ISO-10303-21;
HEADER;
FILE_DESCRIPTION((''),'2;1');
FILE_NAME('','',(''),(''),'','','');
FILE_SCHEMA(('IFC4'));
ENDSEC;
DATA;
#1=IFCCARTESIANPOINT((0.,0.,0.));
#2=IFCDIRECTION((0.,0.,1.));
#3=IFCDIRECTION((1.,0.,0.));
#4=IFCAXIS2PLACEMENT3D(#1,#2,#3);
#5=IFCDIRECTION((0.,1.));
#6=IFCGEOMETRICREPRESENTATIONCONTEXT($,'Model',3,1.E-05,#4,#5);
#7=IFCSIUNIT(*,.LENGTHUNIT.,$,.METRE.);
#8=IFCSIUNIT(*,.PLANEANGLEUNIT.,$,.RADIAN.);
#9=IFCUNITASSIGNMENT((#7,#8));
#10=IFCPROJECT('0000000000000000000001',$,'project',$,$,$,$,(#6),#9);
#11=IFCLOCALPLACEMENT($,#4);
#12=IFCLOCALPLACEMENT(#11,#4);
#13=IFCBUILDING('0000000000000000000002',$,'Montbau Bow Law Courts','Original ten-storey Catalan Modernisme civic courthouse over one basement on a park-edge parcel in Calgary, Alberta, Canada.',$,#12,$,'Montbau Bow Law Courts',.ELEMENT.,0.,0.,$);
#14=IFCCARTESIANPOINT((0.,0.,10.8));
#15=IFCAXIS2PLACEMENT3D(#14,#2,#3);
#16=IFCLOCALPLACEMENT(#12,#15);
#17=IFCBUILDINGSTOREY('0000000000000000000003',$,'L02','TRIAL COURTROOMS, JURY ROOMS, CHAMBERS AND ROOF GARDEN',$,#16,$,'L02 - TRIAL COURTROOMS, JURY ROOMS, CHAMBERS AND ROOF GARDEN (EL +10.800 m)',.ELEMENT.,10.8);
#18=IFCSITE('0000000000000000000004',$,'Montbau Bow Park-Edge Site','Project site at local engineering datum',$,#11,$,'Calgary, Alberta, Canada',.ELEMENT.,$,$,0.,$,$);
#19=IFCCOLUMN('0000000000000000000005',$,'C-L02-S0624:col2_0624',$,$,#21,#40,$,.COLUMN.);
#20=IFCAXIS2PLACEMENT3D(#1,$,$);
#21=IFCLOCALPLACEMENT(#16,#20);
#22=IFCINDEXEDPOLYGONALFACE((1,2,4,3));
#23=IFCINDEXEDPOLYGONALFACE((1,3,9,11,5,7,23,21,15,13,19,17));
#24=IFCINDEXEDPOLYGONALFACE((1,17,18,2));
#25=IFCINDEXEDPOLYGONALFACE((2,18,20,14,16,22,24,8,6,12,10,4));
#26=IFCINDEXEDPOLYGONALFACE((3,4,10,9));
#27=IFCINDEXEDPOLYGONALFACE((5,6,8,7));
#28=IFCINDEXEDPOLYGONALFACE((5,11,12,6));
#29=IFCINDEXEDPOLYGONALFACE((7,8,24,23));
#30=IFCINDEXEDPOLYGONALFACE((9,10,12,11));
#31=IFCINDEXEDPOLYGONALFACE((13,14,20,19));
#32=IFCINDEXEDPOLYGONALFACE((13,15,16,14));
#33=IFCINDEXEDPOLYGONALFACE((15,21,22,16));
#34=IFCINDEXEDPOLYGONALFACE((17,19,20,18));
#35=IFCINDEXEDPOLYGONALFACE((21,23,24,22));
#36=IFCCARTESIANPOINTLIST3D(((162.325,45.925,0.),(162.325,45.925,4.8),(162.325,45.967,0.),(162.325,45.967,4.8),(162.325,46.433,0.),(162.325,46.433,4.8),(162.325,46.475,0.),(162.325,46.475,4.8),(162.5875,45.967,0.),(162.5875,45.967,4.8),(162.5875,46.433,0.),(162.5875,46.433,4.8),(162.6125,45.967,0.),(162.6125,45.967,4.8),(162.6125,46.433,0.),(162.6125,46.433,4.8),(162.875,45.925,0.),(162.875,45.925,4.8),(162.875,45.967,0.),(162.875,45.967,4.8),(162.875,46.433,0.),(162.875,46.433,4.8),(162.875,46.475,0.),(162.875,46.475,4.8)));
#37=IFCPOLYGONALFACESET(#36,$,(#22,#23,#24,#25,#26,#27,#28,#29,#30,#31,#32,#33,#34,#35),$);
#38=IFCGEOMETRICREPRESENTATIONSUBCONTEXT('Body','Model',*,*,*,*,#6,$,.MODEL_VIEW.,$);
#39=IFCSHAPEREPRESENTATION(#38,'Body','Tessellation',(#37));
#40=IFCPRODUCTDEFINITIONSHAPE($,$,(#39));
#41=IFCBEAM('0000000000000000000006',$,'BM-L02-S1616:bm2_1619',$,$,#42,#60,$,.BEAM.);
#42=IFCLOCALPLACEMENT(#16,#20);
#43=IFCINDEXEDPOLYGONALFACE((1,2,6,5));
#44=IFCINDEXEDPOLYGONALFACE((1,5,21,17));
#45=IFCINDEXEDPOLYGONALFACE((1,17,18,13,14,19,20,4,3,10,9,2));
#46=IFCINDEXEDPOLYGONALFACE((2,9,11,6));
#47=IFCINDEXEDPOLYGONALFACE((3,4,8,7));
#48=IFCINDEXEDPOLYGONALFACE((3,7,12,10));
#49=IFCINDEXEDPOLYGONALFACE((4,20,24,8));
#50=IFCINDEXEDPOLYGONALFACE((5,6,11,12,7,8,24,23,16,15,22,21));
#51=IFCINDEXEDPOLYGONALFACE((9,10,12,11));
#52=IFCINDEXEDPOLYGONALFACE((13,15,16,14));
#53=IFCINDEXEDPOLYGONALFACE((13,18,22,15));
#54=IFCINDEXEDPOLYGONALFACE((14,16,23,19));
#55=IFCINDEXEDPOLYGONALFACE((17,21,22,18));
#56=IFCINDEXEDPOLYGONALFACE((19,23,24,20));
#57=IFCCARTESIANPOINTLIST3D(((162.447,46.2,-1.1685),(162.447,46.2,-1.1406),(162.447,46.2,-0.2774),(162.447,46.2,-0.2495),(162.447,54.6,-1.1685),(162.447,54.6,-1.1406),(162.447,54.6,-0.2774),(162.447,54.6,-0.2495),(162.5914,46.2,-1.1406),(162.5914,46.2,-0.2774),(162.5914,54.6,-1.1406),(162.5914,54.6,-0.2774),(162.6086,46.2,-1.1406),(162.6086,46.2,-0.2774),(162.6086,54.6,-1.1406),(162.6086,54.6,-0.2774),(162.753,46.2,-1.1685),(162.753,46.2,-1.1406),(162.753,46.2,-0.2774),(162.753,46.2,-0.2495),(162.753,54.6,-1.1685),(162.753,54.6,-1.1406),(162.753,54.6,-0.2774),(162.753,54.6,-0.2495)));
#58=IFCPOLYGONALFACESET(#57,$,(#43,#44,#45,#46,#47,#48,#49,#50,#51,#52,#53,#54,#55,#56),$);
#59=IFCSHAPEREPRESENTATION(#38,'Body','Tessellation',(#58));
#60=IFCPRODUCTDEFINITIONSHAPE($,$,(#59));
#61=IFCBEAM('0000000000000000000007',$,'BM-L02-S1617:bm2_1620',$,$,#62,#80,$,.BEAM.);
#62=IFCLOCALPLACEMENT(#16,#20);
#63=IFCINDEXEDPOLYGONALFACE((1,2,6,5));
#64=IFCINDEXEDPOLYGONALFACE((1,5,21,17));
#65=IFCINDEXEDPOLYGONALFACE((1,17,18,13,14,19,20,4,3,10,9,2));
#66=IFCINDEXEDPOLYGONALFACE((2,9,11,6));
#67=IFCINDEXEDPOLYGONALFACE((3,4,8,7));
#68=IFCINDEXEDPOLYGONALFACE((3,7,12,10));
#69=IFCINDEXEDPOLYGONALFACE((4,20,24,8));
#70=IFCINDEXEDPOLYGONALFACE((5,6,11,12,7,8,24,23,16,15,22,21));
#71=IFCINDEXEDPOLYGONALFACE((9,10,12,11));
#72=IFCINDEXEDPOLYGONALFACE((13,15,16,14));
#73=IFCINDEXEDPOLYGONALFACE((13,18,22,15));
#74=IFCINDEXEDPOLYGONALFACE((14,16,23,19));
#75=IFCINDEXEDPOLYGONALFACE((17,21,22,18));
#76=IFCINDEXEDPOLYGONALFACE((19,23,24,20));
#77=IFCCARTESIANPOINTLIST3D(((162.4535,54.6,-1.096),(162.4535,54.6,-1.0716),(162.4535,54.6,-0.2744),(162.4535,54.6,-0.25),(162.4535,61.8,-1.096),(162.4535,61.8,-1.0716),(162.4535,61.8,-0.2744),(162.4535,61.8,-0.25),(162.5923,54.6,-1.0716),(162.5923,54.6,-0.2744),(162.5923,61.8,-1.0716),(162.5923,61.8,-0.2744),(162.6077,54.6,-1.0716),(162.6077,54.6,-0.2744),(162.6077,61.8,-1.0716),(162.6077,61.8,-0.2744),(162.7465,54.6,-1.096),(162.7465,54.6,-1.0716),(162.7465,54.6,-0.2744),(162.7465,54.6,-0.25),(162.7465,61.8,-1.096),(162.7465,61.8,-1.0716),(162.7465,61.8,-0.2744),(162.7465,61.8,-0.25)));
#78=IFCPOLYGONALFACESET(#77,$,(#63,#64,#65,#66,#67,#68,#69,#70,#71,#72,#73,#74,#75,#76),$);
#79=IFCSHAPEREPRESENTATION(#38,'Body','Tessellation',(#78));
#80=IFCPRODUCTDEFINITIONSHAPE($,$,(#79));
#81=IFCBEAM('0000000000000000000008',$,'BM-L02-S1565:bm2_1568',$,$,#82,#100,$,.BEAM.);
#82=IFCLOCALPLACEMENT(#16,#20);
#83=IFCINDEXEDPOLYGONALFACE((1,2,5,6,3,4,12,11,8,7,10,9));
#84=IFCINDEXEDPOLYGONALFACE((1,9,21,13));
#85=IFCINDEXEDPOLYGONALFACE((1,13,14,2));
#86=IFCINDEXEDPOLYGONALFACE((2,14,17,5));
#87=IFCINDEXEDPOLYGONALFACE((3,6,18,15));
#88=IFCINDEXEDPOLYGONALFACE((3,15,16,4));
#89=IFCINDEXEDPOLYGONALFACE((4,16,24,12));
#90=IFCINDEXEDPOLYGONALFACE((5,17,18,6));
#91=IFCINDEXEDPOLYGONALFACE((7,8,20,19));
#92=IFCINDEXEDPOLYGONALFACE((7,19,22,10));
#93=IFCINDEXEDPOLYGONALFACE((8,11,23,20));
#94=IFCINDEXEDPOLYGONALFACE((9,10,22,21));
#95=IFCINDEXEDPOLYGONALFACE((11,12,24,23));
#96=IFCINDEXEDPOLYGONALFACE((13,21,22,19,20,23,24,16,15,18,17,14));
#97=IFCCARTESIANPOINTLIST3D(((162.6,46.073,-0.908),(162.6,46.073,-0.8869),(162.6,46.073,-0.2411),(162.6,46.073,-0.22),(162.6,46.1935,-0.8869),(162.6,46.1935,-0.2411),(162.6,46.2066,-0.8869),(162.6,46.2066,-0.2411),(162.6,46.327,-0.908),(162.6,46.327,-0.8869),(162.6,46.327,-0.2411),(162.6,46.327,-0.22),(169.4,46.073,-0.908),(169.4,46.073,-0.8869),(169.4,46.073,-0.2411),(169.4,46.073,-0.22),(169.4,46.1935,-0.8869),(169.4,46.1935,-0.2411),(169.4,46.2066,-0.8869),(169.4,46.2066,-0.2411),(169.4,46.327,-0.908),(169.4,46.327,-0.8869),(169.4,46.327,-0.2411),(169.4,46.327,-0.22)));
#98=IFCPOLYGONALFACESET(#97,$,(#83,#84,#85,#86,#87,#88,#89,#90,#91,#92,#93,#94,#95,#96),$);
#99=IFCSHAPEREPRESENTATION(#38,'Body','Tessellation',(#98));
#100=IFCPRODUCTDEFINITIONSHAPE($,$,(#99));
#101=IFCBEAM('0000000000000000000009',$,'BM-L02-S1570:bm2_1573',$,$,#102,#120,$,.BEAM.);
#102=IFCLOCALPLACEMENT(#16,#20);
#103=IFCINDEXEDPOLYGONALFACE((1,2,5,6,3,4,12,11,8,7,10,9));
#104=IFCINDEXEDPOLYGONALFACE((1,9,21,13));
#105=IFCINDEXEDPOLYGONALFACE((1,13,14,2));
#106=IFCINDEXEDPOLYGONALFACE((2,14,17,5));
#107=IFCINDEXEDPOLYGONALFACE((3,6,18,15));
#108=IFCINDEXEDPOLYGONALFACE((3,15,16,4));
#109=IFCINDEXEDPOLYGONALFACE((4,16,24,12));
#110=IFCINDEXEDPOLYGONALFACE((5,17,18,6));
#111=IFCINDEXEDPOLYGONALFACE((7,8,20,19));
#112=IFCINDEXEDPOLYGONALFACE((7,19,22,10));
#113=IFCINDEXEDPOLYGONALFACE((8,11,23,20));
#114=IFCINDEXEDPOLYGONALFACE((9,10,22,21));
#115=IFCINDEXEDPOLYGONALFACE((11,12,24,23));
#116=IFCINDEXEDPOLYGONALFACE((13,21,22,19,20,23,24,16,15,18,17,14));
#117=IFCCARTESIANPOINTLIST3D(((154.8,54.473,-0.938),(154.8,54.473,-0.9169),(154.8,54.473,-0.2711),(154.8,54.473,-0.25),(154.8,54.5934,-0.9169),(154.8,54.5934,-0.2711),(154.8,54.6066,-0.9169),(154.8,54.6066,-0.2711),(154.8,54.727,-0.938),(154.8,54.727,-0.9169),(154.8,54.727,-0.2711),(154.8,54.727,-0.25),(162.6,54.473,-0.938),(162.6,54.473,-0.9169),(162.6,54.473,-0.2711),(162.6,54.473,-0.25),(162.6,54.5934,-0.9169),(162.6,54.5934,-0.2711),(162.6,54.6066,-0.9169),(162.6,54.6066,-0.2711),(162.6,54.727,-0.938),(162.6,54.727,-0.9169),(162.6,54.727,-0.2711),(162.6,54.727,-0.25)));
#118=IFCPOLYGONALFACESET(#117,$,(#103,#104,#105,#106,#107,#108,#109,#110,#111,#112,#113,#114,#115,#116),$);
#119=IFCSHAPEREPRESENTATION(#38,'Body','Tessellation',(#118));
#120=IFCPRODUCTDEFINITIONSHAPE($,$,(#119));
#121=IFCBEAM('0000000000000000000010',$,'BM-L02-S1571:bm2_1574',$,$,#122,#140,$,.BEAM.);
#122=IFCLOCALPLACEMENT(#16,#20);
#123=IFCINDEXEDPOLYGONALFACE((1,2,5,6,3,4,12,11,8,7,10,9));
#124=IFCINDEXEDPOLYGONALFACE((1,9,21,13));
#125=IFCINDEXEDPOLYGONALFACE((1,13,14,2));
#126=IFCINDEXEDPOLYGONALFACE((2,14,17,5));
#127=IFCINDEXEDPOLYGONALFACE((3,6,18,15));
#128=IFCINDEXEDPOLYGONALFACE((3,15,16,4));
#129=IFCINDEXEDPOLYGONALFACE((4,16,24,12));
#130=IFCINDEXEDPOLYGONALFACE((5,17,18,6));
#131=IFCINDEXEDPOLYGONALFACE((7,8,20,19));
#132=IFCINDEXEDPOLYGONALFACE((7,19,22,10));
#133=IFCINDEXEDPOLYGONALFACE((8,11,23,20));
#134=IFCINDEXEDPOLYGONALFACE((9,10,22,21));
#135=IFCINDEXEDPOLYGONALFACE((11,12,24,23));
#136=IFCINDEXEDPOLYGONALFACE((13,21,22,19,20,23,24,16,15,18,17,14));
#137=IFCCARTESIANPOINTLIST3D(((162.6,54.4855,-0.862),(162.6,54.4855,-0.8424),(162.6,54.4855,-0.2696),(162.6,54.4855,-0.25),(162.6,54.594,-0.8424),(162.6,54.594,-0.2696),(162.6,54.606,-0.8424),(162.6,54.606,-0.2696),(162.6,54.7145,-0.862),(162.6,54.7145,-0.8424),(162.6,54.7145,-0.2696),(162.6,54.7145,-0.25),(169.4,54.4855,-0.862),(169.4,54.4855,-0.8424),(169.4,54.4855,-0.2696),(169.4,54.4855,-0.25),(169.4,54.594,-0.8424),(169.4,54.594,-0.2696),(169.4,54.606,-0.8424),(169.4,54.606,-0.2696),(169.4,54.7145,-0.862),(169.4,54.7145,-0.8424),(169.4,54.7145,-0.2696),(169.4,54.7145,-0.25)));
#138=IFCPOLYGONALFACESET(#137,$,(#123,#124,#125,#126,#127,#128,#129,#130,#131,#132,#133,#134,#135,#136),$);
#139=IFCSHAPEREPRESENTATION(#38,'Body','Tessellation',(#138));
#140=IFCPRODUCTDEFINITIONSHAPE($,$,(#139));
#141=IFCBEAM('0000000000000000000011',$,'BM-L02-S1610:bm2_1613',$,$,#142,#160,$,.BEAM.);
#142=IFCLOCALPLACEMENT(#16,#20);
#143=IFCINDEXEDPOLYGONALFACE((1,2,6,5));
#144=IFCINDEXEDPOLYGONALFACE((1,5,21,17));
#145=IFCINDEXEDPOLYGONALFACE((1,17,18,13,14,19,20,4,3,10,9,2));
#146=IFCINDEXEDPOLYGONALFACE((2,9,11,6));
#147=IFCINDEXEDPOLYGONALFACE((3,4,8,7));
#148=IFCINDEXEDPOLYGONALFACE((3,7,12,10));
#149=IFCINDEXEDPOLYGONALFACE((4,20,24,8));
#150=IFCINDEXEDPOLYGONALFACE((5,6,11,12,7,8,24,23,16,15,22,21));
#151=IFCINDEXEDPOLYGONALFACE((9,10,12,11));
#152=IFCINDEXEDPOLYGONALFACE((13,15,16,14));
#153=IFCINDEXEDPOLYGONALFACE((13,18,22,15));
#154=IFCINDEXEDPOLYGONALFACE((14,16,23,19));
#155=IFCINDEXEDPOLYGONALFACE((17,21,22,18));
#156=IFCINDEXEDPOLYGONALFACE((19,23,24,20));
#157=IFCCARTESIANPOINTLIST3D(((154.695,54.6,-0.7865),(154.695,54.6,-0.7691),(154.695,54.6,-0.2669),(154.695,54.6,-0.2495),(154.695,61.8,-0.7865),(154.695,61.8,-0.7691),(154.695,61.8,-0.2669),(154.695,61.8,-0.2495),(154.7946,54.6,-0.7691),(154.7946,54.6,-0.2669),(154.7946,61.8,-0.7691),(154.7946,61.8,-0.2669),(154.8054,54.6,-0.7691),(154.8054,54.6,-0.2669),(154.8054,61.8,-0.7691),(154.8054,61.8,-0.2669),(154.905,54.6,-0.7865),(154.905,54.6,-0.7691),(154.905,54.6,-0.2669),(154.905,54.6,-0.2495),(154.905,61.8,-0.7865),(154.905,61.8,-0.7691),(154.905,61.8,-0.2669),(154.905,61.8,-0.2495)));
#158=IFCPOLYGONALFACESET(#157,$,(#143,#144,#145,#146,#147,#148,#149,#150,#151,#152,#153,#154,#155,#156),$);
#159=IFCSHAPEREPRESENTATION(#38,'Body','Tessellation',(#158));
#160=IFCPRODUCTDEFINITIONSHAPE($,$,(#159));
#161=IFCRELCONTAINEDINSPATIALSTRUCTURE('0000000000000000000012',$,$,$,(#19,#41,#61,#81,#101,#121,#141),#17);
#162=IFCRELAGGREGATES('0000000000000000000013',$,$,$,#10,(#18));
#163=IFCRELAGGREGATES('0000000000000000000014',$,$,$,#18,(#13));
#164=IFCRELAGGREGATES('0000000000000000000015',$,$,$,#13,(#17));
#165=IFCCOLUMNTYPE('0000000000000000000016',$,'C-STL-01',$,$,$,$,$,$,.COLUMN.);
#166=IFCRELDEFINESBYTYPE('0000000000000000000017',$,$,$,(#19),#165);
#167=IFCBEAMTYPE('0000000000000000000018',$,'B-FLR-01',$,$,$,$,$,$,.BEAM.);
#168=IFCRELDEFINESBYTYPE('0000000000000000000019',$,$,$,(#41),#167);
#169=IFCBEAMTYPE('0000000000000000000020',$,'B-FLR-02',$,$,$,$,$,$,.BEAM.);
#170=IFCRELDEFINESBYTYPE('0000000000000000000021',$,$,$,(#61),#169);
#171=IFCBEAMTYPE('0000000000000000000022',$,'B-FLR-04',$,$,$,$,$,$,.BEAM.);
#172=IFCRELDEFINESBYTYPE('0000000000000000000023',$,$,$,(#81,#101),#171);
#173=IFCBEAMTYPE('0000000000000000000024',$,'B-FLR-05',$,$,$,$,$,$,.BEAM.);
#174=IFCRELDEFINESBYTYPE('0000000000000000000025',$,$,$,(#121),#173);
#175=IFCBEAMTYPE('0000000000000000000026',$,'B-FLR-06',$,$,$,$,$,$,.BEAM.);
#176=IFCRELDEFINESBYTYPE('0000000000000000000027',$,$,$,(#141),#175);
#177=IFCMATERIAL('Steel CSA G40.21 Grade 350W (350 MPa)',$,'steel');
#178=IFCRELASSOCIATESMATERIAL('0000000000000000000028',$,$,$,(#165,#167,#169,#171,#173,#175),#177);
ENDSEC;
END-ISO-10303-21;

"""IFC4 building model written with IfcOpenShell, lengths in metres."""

from ifc_helpers import new_model, si_unit, direction, frame, origin_with_axes, origin_2d_with_axis, place, context, subcontext, project, spatial, i_section, extrude, material, material_profile, profile_set, type_object, element, save


model = new_model("IFC4")

# Units and contexts
model_context = context("Model", 3, precision=1e-05, world=origin_with_axes(), true_north=direction((0.0, 1.0)))
body_context = subcontext(model_context, "Body", "Model", "MODEL_VIEW")
ifc_project = project(units=[si_unit("LENGTHUNIT", "METRE"), si_unit("PLANEANGLEUNIT", "RADIAN")], contexts=[model_context])

# Site, building, storey
site_placement = place(None, origin_with_axes())
site = spatial("IfcSite", under=ifc_project, at=site_placement, Name="Montbau Bow Park-Edge Site", Description="Project site at local engineering datum", LongName="Calgary, Alberta, Canada", CompositionType="ELEMENT", RefElevation=0.0)
building_placement = place(site_placement, origin_with_axes())
building = spatial("IfcBuilding", under=site, at=building_placement, Name="Montbau Bow Law Courts", Description="Original ten-storey Catalan Modernisme civic courthouse over one basement on a park-edge parcel in Calgary, Alberta, Canada.", LongName="Montbau Bow Law Courts", CompositionType="ELEMENT", ElevationOfRefHeight=0.0, ElevationOfTerrain=0.0)
storey_placement = place(building_placement, frame((0.0, 0.0, 10.8), z_axis=(0.0, 0.0, 1.0), x_axis=(1.0, 0.0, 0.0)))
storey = spatial("IfcBuildingStorey", under=building, at=storey_placement, Name="L02", Description="TRIAL COURTROOMS, JURY ROOMS, CHAMBERS AND ROOF GARDEN", LongName="L02 - TRIAL COURTROOMS, JURY ROOMS, CHAMBERS AND ROOF GARDEN (EL +10.800 m)", CompositionType="ELEMENT", Elevation=10.8)

# Column
ifc_material_1 = material(Name="Steel CSA G40.21 Grade 350W (350 MPa)", Category="steel")
ifc_material_profile_1 = material_profile(ifc_material_1, i_section(OverallWidth=0.55, OverallDepth=0.55, WebThickness=0.025, FlangeThickness=0.042, at=origin_2d_with_axis()), Name="WWF550X420", Category="Main", Priority=0)
ifc_profile_set_1 = profile_set([ifc_material_profile_1], Name="Steel CSA G40.21 Grade 350W (350 MPa)")
column_type_1 = type_object("IfcColumnType", Name="C-STL-01", PredefinedType="COLUMN", material=ifc_profile_set_1)
column_placement = place(None, frame((162.6, 46.2, 10.8), z_axis=(0.0, 0.0, 1.0), x_axis=(1.0, 0.0, 0.0)))
element("IfcColumn", 1, at=column_placement, inside=storey, type_object=column_type_1, Name="C-L02-S0624:col2_0624", PredefinedType="COLUMN", context=body_context, shape_type="SweptSolid", body=[
    extrude(i_section(OverallWidth=0.55, OverallDepth=0.55, WebThickness=0.025, FlangeThickness=0.042, at=origin_2d_with_axis()), origin_with_axes(), (0.0, 0.0, 1.0), 4.8),
])

# Beams
ifc_material_profile_2 = material_profile(ifc_material_1, i_section(OverallWidth=0.306, OverallDepth=0.919, WebThickness=0.0173, FlangeThickness=0.0279, at=origin_2d_with_axis()), Name="W920X253", Category="Main", Priority=0)
ifc_profile_set_2 = profile_set([ifc_material_profile_2], Name="Steel CSA G40.21 Grade 350W (350 MPa)")
beam_type_1 = type_object("IfcBeamType", Name="B-FLR-01", PredefinedType="BEAM", material=ifc_profile_set_2)
beam_1_placement = place(None, frame((162.6, 46.2, 10.091), z_axis=(0.0, 1.0, 0.0), x_axis=(-1.0, 0.0, 0.0)))
element("IfcBeam", 2, at=beam_1_placement, inside=storey, type_object=beam_type_1, Name="BM-L02-S1616:bm2_1619", PredefinedType="BEAM", context=body_context, shape_type="SweptSolid", body=[
    extrude(i_section(OverallWidth=0.306, OverallDepth=0.919, WebThickness=0.0173, FlangeThickness=0.0279, at=origin_2d_with_axis()), origin_with_axes(), (0.0, 0.0, 1.0), 8.4),
])
ifc_material_profile_3 = material_profile(ifc_material_1, i_section(OverallWidth=0.293, OverallDepth=0.846, WebThickness=0.0154, FlangeThickness=0.0244, at=origin_2d_with_axis()), Name="W840X210", Category="Main", Priority=0)
ifc_profile_set_3 = profile_set([ifc_material_profile_3], Name="Steel CSA G40.21 Grade 350W (350 MPa)")
beam_type_2 = type_object("IfcBeamType", Name="B-FLR-02", PredefinedType="BEAM", material=ifc_profile_set_3)
beam_2_placement = place(None, frame((162.6, 54.6, 10.127), z_axis=(0.0, 1.0, 0.0), x_axis=(-1.0, 0.0, 0.0)))
element("IfcBeam", 3, at=beam_2_placement, inside=storey, type_object=beam_type_2, Name="BM-L02-S1617:bm2_1620", PredefinedType="BEAM", context=body_context, shape_type="SweptSolid", body=[
    extrude(i_section(OverallWidth=0.293, OverallDepth=0.846, WebThickness=0.0154, FlangeThickness=0.0244, at=origin_2d_with_axis()), origin_with_axes(), (0.0, 0.0, 1.0), 7.2),
])
ifc_material_profile_4 = material_profile(ifc_material_1, i_section(OverallWidth=0.254, OverallDepth=0.688, WebThickness=0.0131, FlangeThickness=0.0211, at=origin_2d_with_axis()), Name="W690X152", Category="Main", Priority=0)
ifc_profile_set_4 = profile_set([ifc_material_profile_4], Name="Steel CSA G40.21 Grade 350W (350 MPa)")
beam_type_3 = type_object("IfcBeamType", Name="B-FLR-04", PredefinedType="BEAM", material=ifc_profile_set_4)
beam_3_placement = place(None, frame((162.6, 46.2, 10.236), z_axis=(1.0, 0.0, 0.0), x_axis=(0.0, 1.0, 0.0)))
element("IfcBeam", 4, at=beam_3_placement, inside=storey, type_object=beam_type_3, Name="BM-L02-S1565:bm2_1568", PredefinedType="BEAM", context=body_context, shape_type="SweptSolid", body=[
    extrude(i_section(OverallWidth=0.254, OverallDepth=0.688, WebThickness=0.0131, FlangeThickness=0.0211, at=origin_2d_with_axis()), origin_with_axes(), (0.0, 0.0, 1.0), 6.8),
])
beam_4_placement = place(None, frame((154.8, 54.6, 10.206), z_axis=(1.0, 0.0, 0.0), x_axis=(0.0, 1.0, 0.0)))
element("IfcBeam", 5, at=beam_4_placement, inside=storey, type_object=beam_type_3, Name="BM-L02-S1570:bm2_1573", PredefinedType="BEAM", context=body_context, shape_type="SweptSolid", body=[
    extrude(i_section(OverallWidth=0.254, OverallDepth=0.688, WebThickness=0.0131, FlangeThickness=0.0211, at=origin_2d_with_axis()), origin_with_axes(), (0.0, 0.0, 1.0), 7.8),
])
ifc_material_profile_5 = material_profile(ifc_material_1, i_section(OverallWidth=0.229, OverallDepth=0.612, WebThickness=0.0119, FlangeThickness=0.0196, at=origin_2d_with_axis()), Name="W610X125", Category="Main", Priority=0)
ifc_profile_set_5 = profile_set([ifc_material_profile_5], Name="Steel CSA G40.21 Grade 350W (350 MPa)")
beam_type_4 = type_object("IfcBeamType", Name="B-FLR-05", PredefinedType="BEAM", material=ifc_profile_set_5)
beam_5_placement = place(None, frame((162.6, 54.6, 10.244), z_axis=(1.0, 0.0, 0.0), x_axis=(0.0, 1.0, 0.0)))
element("IfcBeam", 6, at=beam_5_placement, inside=storey, type_object=beam_type_4, Name="BM-L02-S1571:bm2_1574", PredefinedType="BEAM", context=body_context, shape_type="SweptSolid", body=[
    extrude(i_section(OverallWidth=0.229, OverallDepth=0.612, WebThickness=0.0119, FlangeThickness=0.0196, at=origin_2d_with_axis()), origin_with_axes(), (0.0, 0.0, 1.0), 6.8),
])
ifc_material_profile_6 = material_profile(ifc_material_1, i_section(OverallWidth=0.21, OverallDepth=0.537, WebThickness=0.0109, FlangeThickness=0.0174, at=origin_2d_with_axis()), Name="W530X101", Category="Main", Priority=0)
ifc_profile_set_6 = profile_set([ifc_material_profile_6], Name="Steel CSA G40.21 Grade 350W (350 MPa)")
beam_type_5 = type_object("IfcBeamType", Name="B-FLR-06", PredefinedType="BEAM", material=ifc_profile_set_6)
beam_6_placement = place(None, frame((154.8, 54.6, 10.282), z_axis=(0.0, 1.0, 0.0), x_axis=(-1.0, 0.0, 0.0)))
element("IfcBeam", 7, at=beam_6_placement, inside=storey, type_object=beam_type_5, Name="BM-L02-S1610:bm2_1613", PredefinedType="BEAM", context=body_context, shape_type="SweptSolid", body=[
    extrude(i_section(OverallWidth=0.21, OverallDepth=0.537, WebThickness=0.0109, FlangeThickness=0.0174, at=origin_2d_with_axis()), origin_with_axes(), (0.0, 0.0, 1.0), 7.2),
])

save(model, "model.ifc")
